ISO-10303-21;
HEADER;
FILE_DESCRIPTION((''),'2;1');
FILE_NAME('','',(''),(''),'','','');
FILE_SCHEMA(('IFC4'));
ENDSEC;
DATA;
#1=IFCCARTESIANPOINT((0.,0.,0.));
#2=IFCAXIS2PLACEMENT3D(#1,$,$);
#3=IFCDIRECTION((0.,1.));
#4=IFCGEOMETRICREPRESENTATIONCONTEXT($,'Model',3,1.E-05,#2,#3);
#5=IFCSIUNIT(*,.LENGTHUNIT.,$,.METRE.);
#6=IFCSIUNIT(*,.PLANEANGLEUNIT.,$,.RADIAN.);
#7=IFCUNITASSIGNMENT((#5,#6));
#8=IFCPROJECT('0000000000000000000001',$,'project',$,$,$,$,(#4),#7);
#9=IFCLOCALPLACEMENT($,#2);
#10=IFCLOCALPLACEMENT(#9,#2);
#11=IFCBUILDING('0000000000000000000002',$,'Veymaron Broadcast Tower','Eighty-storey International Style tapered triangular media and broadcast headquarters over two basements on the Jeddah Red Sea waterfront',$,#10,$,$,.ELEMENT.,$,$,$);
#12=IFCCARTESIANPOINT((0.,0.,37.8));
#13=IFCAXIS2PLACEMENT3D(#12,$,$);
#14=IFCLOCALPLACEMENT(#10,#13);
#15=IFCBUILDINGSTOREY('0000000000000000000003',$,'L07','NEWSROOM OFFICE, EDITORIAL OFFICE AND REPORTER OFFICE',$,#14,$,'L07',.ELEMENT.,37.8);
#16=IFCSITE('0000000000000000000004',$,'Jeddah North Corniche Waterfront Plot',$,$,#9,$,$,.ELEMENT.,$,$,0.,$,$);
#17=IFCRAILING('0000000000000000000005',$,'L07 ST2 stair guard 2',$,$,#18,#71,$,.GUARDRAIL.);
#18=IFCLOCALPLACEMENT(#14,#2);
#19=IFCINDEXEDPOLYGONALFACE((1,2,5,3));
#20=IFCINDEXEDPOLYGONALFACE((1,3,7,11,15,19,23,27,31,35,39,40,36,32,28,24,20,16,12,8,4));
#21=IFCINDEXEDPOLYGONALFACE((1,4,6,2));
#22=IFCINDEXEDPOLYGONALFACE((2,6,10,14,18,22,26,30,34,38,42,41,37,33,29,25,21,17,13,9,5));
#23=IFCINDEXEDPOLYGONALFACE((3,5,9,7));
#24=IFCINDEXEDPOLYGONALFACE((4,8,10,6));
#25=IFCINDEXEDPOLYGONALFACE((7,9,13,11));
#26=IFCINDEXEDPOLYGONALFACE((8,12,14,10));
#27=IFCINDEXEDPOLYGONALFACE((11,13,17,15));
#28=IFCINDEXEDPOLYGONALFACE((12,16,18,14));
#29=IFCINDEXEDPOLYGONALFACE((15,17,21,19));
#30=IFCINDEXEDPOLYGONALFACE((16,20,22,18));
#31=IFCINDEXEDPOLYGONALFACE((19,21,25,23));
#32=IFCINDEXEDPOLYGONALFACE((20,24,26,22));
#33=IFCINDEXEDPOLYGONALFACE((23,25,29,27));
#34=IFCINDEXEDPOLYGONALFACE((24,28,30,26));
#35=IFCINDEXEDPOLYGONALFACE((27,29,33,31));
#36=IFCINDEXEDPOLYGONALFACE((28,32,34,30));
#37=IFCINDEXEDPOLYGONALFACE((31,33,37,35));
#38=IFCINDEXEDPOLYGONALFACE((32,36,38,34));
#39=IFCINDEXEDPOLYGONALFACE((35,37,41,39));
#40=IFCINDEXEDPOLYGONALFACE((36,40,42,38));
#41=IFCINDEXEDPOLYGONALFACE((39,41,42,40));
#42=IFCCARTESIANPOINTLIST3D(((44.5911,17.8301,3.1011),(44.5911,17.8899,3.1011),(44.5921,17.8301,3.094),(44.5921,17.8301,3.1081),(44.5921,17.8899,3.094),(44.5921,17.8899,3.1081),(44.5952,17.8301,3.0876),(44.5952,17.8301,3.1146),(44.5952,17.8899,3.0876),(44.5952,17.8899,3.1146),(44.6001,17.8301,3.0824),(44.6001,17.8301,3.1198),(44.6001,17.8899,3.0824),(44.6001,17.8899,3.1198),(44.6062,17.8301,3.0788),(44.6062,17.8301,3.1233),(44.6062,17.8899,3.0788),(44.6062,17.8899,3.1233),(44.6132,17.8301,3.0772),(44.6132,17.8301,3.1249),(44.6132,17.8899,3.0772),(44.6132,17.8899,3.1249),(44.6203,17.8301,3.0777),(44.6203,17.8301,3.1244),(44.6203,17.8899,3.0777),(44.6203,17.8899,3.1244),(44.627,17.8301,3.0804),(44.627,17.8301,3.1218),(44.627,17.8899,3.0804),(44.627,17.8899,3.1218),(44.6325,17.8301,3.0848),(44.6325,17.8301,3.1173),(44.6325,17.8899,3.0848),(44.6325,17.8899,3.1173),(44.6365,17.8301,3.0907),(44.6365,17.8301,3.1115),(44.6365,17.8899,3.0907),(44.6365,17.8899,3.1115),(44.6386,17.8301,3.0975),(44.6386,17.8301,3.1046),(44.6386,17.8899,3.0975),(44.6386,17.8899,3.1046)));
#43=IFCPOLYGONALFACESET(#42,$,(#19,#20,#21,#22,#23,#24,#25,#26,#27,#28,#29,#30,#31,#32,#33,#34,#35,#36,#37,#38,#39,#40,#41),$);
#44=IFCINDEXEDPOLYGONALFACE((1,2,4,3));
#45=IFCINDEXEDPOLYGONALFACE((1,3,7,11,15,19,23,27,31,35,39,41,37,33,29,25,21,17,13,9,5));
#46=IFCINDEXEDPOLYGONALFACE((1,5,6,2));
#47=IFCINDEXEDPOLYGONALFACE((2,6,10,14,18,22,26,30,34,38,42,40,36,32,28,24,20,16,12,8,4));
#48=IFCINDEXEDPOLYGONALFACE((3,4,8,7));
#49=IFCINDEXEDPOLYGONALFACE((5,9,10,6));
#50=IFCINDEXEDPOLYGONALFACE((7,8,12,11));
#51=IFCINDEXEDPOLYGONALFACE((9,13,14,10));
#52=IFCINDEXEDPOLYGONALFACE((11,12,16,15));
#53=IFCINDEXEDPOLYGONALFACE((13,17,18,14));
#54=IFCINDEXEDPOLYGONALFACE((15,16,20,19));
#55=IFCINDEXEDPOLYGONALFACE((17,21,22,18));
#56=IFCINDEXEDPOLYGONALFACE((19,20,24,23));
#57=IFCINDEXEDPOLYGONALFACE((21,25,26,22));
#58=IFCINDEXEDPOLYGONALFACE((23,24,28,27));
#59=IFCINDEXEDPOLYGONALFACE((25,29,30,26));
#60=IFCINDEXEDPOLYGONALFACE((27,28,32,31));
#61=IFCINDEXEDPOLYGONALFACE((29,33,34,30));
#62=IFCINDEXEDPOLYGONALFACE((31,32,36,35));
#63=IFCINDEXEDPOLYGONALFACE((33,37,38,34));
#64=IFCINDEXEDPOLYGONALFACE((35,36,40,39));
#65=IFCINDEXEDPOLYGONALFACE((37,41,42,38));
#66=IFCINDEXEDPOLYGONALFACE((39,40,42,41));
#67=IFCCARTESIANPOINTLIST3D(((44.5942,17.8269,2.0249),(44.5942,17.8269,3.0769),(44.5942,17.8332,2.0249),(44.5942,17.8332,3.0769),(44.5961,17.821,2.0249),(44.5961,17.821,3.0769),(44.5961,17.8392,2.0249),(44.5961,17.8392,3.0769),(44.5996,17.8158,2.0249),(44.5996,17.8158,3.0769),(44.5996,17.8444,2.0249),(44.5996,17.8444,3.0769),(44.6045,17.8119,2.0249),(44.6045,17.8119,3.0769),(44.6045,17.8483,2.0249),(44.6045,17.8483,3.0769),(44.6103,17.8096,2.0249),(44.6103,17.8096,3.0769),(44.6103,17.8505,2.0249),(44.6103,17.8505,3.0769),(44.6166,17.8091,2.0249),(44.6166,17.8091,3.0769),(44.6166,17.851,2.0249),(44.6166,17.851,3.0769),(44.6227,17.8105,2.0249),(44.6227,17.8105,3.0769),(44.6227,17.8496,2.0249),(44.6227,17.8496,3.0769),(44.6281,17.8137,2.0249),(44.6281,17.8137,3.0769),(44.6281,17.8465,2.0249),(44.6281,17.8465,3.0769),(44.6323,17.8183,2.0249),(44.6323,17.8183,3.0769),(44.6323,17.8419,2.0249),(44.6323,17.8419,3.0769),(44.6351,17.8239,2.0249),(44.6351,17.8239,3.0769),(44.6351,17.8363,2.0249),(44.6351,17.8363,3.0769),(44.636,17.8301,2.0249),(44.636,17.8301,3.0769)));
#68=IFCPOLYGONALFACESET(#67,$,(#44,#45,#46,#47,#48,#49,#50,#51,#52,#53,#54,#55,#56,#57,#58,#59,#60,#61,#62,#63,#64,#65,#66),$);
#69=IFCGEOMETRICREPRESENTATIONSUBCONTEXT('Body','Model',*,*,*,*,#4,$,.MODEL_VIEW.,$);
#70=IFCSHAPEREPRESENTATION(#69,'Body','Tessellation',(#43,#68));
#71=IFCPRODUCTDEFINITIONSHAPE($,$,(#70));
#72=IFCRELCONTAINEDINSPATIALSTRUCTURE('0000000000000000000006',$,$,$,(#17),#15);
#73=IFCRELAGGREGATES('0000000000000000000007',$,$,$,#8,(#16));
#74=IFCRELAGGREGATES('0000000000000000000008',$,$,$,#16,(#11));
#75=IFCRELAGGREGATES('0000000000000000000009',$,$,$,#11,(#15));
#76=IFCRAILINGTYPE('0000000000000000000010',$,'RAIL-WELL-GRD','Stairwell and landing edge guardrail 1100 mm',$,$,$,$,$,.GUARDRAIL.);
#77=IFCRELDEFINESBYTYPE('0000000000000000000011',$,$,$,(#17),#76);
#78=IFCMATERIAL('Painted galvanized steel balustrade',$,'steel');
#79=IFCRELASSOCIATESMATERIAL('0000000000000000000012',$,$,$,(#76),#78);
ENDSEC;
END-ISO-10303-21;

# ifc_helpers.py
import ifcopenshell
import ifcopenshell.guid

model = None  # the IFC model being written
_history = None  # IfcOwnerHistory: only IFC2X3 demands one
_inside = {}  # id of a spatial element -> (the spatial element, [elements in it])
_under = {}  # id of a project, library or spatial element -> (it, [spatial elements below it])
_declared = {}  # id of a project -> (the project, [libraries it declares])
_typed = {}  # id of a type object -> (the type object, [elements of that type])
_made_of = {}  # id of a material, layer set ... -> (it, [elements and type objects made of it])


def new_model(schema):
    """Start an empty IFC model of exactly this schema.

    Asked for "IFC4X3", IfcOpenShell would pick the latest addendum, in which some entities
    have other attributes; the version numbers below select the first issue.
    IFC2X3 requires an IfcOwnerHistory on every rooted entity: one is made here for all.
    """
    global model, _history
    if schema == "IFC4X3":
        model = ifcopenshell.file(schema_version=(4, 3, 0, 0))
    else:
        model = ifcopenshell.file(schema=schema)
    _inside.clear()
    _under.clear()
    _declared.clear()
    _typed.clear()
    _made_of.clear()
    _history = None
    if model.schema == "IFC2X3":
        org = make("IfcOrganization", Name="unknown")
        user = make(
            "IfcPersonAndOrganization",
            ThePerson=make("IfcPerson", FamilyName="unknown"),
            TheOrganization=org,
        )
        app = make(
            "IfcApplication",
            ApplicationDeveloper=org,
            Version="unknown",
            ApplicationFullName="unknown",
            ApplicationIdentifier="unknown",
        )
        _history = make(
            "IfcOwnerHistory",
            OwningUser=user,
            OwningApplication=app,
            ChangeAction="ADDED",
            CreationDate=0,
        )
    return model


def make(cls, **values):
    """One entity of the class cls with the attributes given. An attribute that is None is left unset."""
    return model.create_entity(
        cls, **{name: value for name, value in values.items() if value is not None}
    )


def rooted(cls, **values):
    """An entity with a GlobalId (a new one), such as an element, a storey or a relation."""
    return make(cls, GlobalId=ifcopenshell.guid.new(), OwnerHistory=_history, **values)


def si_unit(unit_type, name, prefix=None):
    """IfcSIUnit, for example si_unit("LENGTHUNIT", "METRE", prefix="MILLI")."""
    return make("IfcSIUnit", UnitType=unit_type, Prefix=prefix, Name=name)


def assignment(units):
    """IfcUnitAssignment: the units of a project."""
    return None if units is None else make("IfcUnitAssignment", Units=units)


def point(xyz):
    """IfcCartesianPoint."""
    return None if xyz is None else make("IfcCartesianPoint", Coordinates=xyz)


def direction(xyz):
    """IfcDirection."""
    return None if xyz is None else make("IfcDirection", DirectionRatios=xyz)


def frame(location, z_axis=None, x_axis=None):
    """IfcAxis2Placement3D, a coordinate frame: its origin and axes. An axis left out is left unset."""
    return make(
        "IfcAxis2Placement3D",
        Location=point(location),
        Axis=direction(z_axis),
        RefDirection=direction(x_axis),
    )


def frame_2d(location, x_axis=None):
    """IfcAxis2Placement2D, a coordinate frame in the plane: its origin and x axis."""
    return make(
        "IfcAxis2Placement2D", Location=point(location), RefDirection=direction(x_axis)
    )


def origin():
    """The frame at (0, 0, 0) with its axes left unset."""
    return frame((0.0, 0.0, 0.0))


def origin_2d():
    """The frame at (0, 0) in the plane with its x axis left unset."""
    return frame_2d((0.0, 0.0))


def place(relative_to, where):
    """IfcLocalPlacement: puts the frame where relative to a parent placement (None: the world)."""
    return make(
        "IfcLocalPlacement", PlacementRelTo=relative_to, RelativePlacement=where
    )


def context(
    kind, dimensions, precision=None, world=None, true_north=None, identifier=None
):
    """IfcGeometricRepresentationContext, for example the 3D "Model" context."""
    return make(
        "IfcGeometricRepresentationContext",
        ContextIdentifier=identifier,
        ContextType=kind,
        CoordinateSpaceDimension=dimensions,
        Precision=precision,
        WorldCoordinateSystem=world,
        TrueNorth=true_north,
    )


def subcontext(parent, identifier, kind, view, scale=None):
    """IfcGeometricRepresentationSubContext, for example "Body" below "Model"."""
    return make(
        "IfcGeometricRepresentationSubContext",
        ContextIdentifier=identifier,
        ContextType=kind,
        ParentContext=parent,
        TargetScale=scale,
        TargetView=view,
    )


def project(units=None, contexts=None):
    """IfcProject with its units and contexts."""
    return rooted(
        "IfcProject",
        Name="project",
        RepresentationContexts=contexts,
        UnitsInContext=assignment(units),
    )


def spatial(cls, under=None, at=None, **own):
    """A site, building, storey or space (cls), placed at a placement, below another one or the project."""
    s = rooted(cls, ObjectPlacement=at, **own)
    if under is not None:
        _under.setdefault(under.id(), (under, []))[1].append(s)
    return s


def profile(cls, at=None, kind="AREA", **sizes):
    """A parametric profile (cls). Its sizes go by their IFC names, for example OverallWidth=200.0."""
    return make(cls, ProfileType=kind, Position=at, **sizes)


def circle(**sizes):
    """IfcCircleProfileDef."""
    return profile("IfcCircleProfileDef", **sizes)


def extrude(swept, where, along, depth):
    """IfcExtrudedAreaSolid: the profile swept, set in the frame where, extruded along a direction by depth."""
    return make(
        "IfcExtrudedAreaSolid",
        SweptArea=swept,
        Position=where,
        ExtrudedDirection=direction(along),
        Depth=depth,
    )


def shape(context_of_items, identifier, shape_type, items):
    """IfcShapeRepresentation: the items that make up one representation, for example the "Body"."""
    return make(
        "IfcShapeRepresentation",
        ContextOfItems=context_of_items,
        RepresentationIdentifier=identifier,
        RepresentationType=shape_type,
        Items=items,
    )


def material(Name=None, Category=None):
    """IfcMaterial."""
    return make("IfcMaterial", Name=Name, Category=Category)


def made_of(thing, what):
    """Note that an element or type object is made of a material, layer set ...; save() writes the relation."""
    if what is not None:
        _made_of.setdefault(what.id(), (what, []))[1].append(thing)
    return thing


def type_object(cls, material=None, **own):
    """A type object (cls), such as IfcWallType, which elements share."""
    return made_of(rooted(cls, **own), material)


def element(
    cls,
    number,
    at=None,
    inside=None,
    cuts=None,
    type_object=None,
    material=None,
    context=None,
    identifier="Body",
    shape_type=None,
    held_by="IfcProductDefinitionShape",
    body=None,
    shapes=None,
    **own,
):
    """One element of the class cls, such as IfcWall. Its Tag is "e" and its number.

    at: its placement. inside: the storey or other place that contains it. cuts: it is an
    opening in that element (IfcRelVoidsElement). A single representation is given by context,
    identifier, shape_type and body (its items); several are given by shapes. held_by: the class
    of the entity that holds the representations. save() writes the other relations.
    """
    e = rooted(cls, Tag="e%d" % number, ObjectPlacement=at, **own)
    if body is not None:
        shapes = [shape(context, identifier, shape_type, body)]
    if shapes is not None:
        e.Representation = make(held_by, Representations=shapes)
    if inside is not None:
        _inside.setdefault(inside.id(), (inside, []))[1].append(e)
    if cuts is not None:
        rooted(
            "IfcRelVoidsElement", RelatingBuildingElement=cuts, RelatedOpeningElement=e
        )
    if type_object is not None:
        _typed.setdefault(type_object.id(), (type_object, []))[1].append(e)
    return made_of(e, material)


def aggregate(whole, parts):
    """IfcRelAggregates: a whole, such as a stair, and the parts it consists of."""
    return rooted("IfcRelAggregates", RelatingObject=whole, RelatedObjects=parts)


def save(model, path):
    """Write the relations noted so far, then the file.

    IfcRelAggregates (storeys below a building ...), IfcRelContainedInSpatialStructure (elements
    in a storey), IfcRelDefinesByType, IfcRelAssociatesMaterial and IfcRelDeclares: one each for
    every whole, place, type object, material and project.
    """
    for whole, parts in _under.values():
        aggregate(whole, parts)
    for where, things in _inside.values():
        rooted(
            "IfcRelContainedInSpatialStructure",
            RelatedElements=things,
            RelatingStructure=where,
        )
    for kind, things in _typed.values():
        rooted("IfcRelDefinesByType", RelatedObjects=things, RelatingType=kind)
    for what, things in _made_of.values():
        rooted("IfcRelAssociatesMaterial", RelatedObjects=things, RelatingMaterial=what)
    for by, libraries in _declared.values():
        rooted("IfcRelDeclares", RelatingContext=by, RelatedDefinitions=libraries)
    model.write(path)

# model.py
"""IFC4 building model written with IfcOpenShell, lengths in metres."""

from ifc_helpers import new_model, si_unit, direction, frame, origin, origin_2d, place, context, subcontext, project, spatial, circle, extrude, material, type_object, element, save


model = new_model("IFC4")

# Units and contexts
model_context = context("Model", 3, precision=1e-05, world=origin(), true_north=direction((0.0, 1.0)))
body_context = subcontext(model_context, "Body", "Model", "MODEL_VIEW")
ifc_project = project(units=[si_unit("LENGTHUNIT", "METRE"), si_unit("PLANEANGLEUNIT", "RADIAN")], contexts=[model_context])

# Site, building, storey
site_placement = place(None, origin())
site = spatial("IfcSite", under=ifc_project, at=site_placement, Name="Jeddah North Corniche Waterfront Plot", CompositionType="ELEMENT", RefElevation=0.0)
building_placement = place(site_placement, origin())
building = spatial("IfcBuilding", under=site, at=building_placement, Name="Veymaron Broadcast Tower", Description="Eighty-storey International Style tapered triangular media and broadcast headquarters over two basements on the Jeddah Red Sea waterfront", CompositionType="ELEMENT")
storey_placement = place(building_placement, frame((0.0, 0.0, 37.8)))
storey = spatial("IfcBuildingStorey", under=building, at=storey_placement, Name="L07", Description="NEWSROOM OFFICE, EDITORIAL OFFICE AND REPORTER OFFICE", LongName="L07", CompositionType="ELEMENT", Elevation=37.8)

# Railing
ifc_material_1 = material(Name="Painted galvanized steel balustrade", Category="steel")
railing_type_1 = type_object("IfcRailingType", Name="RAIL-WELL-GRD", Description="Stairwell and landing edge guardrail 1100 mm", PredefinedType="GUARDRAIL", material=ifc_material_1)
railing_1_placement = place(storey_placement, frame((44.615, 17.8301, 2.0249)))
element("IfcRailing", 1, at=railing_1_placement, inside=storey, type_object=railing_type_1, Name="L07 ST2 stair guard 2", PredefinedType="GUARDRAIL", context=body_context, shape_type="SweptSolid", body=[
    extrude(circle(Radius=0.0239, at=origin_2d()), frame((0.0, 0.0, 1.0762), z_axis=(0.0, 1.0, 0.0), x_axis=(-1.0, 0.0, 0.0)), (0.0, 0.0, 1.0), 0.0598),
    extrude(circle(Radius=0.021, at=origin_2d()), origin(), (0.0, 0.0, 1.0), 1.052),
])

save(model, "model.ifc")
